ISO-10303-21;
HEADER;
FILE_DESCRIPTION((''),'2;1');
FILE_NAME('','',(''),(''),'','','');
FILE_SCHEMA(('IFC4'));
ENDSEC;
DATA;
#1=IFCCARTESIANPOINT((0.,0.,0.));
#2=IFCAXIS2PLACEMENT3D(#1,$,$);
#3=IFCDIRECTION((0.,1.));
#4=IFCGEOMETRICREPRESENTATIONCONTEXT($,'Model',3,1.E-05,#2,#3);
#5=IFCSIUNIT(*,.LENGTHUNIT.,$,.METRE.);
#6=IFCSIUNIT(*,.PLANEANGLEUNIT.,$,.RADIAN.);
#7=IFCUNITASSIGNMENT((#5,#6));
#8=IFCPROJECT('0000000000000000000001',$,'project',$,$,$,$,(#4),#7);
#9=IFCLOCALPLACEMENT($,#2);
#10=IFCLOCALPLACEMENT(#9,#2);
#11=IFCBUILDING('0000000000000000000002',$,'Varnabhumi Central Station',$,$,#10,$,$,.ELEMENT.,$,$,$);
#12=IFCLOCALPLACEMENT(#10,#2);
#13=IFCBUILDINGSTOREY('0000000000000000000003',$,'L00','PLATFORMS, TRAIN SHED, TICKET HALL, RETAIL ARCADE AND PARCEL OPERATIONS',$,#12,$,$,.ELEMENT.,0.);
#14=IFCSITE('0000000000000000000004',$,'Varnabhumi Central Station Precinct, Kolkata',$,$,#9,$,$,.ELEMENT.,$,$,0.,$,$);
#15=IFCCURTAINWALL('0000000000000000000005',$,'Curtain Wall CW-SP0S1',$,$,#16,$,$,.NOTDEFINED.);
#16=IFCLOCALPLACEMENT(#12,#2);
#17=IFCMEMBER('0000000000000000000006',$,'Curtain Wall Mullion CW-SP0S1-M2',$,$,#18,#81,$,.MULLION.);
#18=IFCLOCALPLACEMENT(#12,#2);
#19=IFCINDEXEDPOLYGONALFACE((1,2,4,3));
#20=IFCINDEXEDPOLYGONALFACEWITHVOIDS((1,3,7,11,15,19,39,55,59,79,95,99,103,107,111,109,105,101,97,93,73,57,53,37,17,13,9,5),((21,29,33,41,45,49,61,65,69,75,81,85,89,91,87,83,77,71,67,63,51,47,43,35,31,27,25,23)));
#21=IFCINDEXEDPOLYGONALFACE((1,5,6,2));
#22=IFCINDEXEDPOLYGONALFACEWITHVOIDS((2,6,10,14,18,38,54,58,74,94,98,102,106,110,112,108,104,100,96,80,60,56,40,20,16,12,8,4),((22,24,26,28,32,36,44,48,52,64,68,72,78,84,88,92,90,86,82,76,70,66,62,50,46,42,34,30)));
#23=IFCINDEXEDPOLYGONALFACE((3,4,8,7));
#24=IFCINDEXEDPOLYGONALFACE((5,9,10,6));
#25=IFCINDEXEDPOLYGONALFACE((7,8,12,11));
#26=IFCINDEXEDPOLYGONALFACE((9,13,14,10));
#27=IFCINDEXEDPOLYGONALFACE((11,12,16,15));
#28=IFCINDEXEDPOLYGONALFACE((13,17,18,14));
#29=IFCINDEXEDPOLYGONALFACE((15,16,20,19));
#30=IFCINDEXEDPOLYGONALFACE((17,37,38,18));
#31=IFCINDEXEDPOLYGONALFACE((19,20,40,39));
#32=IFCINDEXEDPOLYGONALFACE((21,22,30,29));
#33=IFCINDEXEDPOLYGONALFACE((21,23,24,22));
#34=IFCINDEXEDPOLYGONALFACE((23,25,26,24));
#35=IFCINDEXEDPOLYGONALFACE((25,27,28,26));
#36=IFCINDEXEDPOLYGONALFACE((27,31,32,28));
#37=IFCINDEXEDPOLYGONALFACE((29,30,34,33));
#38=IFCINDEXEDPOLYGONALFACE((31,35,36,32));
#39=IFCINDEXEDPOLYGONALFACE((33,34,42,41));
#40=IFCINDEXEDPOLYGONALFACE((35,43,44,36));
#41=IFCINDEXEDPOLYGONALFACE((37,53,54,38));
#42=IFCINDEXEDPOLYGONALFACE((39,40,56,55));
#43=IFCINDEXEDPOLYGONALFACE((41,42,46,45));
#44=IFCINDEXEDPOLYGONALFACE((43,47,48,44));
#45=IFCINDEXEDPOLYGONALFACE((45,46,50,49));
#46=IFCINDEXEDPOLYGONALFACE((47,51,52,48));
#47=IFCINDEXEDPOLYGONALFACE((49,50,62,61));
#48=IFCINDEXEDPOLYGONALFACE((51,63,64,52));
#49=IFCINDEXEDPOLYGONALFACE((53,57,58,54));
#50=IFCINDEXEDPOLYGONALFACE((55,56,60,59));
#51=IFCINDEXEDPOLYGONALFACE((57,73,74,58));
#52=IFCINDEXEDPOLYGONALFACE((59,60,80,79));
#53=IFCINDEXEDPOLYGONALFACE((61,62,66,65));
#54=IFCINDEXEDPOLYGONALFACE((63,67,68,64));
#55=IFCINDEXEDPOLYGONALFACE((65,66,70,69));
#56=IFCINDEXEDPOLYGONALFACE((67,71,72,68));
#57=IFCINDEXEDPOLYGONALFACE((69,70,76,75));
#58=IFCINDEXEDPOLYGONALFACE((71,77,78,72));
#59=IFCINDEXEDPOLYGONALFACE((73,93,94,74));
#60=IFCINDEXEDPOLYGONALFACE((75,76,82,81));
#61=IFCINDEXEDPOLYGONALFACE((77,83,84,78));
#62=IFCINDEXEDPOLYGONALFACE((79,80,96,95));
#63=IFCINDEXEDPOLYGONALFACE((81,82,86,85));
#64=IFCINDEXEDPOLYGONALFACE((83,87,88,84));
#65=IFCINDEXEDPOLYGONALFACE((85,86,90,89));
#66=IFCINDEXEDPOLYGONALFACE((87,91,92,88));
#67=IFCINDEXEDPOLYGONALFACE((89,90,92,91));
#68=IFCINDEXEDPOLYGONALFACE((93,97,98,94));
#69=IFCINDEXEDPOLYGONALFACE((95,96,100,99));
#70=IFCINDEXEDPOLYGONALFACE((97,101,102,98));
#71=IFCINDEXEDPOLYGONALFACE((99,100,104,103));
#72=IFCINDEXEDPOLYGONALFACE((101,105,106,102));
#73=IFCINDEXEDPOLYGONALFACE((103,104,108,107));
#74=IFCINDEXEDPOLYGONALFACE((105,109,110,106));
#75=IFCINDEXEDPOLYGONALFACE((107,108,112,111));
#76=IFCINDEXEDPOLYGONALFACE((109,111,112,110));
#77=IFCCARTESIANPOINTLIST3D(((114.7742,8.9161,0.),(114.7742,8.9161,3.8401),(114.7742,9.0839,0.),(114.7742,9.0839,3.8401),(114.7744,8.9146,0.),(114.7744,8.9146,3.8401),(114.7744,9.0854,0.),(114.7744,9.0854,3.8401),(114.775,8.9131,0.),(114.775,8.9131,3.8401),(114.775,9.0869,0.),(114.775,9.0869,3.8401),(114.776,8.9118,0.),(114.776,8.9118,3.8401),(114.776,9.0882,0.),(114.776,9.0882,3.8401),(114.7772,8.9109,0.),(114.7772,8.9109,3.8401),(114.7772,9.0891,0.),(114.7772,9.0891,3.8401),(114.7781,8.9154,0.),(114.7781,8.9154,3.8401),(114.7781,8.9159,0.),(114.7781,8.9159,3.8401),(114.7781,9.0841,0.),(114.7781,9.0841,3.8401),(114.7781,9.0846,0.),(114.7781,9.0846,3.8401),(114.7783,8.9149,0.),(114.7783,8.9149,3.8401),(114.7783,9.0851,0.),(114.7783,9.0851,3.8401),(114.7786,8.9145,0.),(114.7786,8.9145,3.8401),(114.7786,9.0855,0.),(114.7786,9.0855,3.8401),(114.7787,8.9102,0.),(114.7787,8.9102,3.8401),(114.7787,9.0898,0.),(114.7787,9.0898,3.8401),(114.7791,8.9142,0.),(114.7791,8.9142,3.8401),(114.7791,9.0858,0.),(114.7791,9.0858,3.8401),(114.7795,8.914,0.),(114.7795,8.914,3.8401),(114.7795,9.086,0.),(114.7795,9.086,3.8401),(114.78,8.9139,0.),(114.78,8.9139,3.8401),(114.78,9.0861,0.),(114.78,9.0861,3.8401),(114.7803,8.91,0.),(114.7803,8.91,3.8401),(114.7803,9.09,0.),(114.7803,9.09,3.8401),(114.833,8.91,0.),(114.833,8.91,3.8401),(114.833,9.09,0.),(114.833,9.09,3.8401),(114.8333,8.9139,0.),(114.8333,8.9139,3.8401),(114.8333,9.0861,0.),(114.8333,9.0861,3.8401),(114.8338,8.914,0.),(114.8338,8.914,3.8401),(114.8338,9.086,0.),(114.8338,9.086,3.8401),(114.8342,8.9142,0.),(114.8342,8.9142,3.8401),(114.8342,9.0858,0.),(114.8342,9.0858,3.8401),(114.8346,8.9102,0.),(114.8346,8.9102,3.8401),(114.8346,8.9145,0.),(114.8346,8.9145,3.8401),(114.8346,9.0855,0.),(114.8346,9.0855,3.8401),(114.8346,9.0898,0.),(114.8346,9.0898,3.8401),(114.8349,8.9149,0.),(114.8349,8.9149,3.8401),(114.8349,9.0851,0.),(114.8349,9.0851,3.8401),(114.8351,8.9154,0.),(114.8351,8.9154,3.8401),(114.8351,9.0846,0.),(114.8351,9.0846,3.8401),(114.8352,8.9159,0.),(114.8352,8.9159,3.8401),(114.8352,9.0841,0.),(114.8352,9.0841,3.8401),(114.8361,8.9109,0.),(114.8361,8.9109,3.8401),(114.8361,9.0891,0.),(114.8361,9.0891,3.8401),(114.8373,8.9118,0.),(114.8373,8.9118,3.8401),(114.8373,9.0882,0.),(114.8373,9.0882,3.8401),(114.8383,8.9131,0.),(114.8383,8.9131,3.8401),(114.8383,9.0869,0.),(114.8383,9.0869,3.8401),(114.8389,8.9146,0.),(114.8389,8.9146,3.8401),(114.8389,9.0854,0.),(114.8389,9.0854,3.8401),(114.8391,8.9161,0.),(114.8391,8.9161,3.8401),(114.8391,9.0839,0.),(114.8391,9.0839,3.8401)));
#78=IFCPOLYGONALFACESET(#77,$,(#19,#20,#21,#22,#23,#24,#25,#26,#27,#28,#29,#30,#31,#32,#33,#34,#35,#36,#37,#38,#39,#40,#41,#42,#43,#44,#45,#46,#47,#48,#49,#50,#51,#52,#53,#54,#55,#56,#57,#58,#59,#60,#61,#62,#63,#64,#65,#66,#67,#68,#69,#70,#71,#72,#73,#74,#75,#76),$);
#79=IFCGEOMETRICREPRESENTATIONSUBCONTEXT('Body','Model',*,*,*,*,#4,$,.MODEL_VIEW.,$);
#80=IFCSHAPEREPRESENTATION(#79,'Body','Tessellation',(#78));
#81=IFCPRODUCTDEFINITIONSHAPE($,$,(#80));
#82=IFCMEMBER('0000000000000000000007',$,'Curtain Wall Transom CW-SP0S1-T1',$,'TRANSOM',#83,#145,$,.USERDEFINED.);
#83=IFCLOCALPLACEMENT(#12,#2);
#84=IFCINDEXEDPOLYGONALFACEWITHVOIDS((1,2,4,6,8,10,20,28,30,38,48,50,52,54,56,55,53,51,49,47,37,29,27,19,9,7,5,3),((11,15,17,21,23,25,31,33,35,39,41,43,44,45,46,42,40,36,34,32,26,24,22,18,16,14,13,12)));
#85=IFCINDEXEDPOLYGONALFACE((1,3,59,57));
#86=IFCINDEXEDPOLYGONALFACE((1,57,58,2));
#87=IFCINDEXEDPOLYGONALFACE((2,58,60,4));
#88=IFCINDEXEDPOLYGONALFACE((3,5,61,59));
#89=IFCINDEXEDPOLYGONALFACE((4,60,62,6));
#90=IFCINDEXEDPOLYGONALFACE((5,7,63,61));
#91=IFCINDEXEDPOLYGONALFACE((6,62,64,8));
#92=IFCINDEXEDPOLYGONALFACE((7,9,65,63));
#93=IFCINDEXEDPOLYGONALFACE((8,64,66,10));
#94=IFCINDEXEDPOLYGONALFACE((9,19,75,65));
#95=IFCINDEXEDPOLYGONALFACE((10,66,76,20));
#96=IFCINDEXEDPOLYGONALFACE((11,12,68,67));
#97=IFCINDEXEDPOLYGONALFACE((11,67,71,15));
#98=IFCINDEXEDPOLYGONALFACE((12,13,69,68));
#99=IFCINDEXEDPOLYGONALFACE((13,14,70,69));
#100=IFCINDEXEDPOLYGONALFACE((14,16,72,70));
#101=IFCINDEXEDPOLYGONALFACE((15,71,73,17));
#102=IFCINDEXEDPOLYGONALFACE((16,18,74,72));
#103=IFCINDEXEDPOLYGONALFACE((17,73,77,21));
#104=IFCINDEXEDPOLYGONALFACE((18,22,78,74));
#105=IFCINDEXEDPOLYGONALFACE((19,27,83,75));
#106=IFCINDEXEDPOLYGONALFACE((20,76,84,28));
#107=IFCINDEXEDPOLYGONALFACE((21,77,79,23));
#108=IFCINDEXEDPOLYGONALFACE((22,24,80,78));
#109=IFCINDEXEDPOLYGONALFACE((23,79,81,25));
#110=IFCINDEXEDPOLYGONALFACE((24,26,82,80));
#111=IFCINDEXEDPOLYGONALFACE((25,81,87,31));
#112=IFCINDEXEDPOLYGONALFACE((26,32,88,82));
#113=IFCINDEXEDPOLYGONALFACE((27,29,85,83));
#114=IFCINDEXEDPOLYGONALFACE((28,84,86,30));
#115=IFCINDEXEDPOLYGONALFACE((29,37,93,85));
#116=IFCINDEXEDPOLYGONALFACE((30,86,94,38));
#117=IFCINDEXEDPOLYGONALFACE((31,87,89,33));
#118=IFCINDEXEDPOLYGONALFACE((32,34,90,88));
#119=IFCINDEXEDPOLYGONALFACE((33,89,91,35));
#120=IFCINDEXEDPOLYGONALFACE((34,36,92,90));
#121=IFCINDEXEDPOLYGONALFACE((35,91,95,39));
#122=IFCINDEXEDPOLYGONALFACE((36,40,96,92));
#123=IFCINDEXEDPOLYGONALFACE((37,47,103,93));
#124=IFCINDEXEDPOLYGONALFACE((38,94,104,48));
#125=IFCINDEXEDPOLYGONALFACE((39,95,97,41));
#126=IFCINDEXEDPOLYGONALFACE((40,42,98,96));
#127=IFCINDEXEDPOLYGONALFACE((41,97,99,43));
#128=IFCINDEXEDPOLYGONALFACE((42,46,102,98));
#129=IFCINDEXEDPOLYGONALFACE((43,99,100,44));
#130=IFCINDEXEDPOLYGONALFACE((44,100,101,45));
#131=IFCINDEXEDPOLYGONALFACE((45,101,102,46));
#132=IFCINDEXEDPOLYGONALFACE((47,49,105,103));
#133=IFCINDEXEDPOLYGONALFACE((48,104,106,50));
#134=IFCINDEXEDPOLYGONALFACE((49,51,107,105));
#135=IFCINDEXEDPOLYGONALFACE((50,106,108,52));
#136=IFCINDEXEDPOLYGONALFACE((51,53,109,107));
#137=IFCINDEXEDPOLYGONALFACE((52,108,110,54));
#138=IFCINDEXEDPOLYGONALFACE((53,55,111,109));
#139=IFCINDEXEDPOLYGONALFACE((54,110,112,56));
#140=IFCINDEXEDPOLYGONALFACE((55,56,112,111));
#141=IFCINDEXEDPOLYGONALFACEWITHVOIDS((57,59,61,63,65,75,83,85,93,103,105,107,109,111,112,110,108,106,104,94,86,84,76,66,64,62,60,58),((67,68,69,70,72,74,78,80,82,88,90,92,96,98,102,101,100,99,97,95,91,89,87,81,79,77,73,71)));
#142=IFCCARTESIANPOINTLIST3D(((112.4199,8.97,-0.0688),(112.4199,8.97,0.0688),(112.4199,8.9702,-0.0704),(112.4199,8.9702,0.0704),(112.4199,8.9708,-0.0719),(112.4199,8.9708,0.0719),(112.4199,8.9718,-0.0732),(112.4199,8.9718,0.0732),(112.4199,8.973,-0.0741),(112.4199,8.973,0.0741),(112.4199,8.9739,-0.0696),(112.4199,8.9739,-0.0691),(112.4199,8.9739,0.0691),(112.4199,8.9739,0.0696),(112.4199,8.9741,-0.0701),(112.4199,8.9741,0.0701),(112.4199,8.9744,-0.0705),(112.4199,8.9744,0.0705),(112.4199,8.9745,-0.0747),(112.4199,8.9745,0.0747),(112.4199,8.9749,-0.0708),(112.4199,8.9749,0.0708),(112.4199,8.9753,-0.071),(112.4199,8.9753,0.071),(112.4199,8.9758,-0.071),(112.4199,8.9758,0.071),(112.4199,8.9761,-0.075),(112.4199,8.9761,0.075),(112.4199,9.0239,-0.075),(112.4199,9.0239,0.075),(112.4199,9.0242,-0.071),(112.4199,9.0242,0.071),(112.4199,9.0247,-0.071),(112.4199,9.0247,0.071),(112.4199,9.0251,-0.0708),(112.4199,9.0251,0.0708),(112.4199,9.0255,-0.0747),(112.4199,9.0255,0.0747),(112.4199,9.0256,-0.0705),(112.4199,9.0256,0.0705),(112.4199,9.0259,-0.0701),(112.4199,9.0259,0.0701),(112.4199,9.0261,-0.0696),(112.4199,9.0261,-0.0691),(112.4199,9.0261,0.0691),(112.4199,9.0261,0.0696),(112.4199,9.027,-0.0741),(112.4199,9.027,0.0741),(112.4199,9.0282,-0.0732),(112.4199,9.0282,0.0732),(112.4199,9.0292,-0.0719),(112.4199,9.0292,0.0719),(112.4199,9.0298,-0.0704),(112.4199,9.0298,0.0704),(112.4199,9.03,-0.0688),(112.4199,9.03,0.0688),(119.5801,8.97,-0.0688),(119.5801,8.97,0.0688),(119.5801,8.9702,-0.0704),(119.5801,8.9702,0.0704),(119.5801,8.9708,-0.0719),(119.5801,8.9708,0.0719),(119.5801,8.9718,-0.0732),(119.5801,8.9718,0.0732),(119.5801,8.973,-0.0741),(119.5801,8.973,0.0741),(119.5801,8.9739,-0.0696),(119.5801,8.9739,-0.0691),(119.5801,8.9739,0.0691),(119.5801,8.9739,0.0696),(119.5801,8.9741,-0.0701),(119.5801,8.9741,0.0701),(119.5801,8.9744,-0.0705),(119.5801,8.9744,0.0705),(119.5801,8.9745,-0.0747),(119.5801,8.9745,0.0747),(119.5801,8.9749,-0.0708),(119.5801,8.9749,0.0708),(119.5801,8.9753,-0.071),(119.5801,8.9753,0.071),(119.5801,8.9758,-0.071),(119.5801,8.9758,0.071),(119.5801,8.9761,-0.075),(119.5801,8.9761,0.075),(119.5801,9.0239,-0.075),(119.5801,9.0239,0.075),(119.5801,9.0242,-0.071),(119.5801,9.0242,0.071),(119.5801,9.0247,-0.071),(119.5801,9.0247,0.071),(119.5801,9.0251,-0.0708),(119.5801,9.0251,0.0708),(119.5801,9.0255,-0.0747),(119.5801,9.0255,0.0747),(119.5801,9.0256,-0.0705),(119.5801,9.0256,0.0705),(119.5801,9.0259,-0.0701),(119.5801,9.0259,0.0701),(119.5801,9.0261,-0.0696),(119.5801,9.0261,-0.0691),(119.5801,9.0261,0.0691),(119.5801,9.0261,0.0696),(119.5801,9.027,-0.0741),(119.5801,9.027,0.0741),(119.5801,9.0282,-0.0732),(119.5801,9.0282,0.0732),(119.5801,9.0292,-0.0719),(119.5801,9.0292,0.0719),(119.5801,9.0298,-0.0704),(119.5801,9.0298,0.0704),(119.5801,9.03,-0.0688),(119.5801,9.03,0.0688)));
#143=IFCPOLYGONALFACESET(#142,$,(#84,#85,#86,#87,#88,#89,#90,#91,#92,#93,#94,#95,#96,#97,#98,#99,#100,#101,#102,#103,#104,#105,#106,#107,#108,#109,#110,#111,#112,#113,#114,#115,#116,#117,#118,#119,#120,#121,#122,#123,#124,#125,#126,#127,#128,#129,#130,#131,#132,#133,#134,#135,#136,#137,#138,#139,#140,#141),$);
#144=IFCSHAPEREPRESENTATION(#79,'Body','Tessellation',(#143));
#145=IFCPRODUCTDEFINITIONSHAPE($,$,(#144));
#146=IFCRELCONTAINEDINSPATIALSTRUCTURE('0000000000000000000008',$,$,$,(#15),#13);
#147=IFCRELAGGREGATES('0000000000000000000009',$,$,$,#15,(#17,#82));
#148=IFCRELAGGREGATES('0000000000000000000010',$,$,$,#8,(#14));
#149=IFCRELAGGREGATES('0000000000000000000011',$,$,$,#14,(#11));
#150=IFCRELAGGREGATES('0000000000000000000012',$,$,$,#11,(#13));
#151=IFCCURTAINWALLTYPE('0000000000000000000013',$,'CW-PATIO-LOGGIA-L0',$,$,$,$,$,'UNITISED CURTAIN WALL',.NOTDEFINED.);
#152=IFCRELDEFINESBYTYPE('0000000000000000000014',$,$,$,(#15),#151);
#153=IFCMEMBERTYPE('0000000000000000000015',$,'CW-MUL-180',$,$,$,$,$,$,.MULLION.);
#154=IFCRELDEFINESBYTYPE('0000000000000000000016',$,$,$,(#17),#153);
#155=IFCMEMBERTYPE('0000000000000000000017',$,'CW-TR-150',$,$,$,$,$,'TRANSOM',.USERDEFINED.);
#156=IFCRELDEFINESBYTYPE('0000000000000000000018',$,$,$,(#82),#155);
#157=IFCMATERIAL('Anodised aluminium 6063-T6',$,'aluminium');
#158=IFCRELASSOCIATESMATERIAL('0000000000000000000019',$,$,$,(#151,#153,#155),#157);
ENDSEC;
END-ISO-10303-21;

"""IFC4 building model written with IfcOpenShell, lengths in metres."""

from ifc_helpers import new_model, si_unit, direction, frame, origin, origin_2d, place, context, subcontext, project, spatial, hollow_rectangle, extrude, material, material_profile, profile_set, type_object, element, aggregate, save


model = new_model("IFC4")

# Units and contexts
model_context = context("Model", 3, precision=1e-05, world=origin(), true_north=direction((0.0, 1.0)))
body_context = subcontext(model_context, "Body", "Model", "MODEL_VIEW")
ifc_project = project(units=[si_unit("LENGTHUNIT", "METRE"), si_unit("PLANEANGLEUNIT", "RADIAN")], contexts=[model_context])

# Site, building, storey
site_placement = place(None, origin())
site = spatial("IfcSite", under=ifc_project, at=site_placement, Name="Varnabhumi Central Station Precinct, Kolkata", CompositionType="ELEMENT", RefElevation=0.0)
building_placement = place(site_placement, origin())
building = spatial("IfcBuilding", under=site, at=building_placement, Name="Varnabhumi Central Station", CompositionType="ELEMENT")
storey_placement = place(building_placement, origin())
storey = spatial("IfcBuildingStorey", under=building, at=storey_placement, Name="L00", Description="PLATFORMS, TRAIN SHED, TICKET HALL, RETAIL ARCADE AND PARCEL OPERATIONS", CompositionType="ELEMENT", Elevation=0.0)

# Curtain wall, members
ifc_material_1 = material(Name="Anodised aluminium 6063-T6", Category="aluminium")
curtain_wall_type = type_object("IfcCurtainWallType", Name="CW-PATIO-LOGGIA-L0", ElementType="UNITISED CURTAIN WALL", PredefinedType="NOTDEFINED", material=ifc_material_1)
curtain_wall_placement = place(storey_placement, origin())
curtain_wall = element("IfcCurtainWall", 1, at=curtain_wall_placement, inside=storey, type_object=curtain_wall_type, Name="Curtain Wall CW-SP0S1", PredefinedType="NOTDEFINED")
ifc_material_profile_1 = material_profile(ifc_material_1, hollow_rectangle(XDim=0.0649, YDim=0.1799, WallThickness=0.0039, InnerFilletRadius=0.002, OuterFilletRadius=0.0061, at=origin_2d()), Name="Anodised aluminium 6063-T6", Category="aluminium")
ifc_profile_set_1 = profile_set([ifc_material_profile_1], Name="Anodised aluminium 6063-T6")
member_type_1 = type_object("IfcMemberType", Name="CW-MUL-180", PredefinedType="MULLION", material=ifc_profile_set_1)
member_1_placement = place(storey_placement, frame((114.8066, 9.0, 0.0), z_axis=(0.0, 0.0, 1.0), x_axis=(1.0, 0.0, 0.0)))
member_1 = element("IfcMember", 2, at=member_1_placement, type_object=member_type_1, Name="Curtain Wall Mullion CW-SP0S1-M2", PredefinedType="MULLION", context=body_context, shape_type="SweptSolid", body=[
    extrude(hollow_rectangle(XDim=0.0649, YDim=0.1799, WallThickness=0.0039, InnerFilletRadius=0.002, OuterFilletRadius=0.0061, at=origin_2d()), origin(), (0.0, 0.0, 1.0), 3.8401),
])
ifc_material_profile_2 = material_profile(ifc_material_1, hollow_rectangle(XDim=0.0601, YDim=0.1499, WallThickness=0.0039, InnerFilletRadius=0.002, OuterFilletRadius=0.0061, at=origin_2d()), Name="Anodised aluminium 6063-T6", Category="aluminium")
ifc_profile_set_2 = profile_set([ifc_material_profile_2], Name="Anodised aluminium 6063-T6")
member_type_2 = type_object("IfcMemberType", Name="CW-TR-150", ElementType="TRANSOM", PredefinedType="USERDEFINED", material=ifc_profile_set_2)
member_2_placement = place(storey_placement, frame((112.4199, 9.0, 0.0), z_axis=(1.0, 0.0, 0.0), x_axis=(0.0, 1.0, 0.0)))
member_2 = element("IfcMember", 3, at=member_2_placement, type_object=member_type_2, Name="Curtain Wall Transom CW-SP0S1-T1", ObjectType="TRANSOM", PredefinedType="USERDEFINED", context=body_context, shape_type="SweptSolid", body=[
    extrude(hollow_rectangle(XDim=0.0601, YDim=0.1499, WallThickness=0.0039, InnerFilletRadius=0.002, OuterFilletRadius=0.0061, at=origin_2d()), origin(), (0.0, 0.0, 1.0), 7.1602),
])

aggregate(curtain_wall, [member_1, member_2])

save(model, "model.ifc")
